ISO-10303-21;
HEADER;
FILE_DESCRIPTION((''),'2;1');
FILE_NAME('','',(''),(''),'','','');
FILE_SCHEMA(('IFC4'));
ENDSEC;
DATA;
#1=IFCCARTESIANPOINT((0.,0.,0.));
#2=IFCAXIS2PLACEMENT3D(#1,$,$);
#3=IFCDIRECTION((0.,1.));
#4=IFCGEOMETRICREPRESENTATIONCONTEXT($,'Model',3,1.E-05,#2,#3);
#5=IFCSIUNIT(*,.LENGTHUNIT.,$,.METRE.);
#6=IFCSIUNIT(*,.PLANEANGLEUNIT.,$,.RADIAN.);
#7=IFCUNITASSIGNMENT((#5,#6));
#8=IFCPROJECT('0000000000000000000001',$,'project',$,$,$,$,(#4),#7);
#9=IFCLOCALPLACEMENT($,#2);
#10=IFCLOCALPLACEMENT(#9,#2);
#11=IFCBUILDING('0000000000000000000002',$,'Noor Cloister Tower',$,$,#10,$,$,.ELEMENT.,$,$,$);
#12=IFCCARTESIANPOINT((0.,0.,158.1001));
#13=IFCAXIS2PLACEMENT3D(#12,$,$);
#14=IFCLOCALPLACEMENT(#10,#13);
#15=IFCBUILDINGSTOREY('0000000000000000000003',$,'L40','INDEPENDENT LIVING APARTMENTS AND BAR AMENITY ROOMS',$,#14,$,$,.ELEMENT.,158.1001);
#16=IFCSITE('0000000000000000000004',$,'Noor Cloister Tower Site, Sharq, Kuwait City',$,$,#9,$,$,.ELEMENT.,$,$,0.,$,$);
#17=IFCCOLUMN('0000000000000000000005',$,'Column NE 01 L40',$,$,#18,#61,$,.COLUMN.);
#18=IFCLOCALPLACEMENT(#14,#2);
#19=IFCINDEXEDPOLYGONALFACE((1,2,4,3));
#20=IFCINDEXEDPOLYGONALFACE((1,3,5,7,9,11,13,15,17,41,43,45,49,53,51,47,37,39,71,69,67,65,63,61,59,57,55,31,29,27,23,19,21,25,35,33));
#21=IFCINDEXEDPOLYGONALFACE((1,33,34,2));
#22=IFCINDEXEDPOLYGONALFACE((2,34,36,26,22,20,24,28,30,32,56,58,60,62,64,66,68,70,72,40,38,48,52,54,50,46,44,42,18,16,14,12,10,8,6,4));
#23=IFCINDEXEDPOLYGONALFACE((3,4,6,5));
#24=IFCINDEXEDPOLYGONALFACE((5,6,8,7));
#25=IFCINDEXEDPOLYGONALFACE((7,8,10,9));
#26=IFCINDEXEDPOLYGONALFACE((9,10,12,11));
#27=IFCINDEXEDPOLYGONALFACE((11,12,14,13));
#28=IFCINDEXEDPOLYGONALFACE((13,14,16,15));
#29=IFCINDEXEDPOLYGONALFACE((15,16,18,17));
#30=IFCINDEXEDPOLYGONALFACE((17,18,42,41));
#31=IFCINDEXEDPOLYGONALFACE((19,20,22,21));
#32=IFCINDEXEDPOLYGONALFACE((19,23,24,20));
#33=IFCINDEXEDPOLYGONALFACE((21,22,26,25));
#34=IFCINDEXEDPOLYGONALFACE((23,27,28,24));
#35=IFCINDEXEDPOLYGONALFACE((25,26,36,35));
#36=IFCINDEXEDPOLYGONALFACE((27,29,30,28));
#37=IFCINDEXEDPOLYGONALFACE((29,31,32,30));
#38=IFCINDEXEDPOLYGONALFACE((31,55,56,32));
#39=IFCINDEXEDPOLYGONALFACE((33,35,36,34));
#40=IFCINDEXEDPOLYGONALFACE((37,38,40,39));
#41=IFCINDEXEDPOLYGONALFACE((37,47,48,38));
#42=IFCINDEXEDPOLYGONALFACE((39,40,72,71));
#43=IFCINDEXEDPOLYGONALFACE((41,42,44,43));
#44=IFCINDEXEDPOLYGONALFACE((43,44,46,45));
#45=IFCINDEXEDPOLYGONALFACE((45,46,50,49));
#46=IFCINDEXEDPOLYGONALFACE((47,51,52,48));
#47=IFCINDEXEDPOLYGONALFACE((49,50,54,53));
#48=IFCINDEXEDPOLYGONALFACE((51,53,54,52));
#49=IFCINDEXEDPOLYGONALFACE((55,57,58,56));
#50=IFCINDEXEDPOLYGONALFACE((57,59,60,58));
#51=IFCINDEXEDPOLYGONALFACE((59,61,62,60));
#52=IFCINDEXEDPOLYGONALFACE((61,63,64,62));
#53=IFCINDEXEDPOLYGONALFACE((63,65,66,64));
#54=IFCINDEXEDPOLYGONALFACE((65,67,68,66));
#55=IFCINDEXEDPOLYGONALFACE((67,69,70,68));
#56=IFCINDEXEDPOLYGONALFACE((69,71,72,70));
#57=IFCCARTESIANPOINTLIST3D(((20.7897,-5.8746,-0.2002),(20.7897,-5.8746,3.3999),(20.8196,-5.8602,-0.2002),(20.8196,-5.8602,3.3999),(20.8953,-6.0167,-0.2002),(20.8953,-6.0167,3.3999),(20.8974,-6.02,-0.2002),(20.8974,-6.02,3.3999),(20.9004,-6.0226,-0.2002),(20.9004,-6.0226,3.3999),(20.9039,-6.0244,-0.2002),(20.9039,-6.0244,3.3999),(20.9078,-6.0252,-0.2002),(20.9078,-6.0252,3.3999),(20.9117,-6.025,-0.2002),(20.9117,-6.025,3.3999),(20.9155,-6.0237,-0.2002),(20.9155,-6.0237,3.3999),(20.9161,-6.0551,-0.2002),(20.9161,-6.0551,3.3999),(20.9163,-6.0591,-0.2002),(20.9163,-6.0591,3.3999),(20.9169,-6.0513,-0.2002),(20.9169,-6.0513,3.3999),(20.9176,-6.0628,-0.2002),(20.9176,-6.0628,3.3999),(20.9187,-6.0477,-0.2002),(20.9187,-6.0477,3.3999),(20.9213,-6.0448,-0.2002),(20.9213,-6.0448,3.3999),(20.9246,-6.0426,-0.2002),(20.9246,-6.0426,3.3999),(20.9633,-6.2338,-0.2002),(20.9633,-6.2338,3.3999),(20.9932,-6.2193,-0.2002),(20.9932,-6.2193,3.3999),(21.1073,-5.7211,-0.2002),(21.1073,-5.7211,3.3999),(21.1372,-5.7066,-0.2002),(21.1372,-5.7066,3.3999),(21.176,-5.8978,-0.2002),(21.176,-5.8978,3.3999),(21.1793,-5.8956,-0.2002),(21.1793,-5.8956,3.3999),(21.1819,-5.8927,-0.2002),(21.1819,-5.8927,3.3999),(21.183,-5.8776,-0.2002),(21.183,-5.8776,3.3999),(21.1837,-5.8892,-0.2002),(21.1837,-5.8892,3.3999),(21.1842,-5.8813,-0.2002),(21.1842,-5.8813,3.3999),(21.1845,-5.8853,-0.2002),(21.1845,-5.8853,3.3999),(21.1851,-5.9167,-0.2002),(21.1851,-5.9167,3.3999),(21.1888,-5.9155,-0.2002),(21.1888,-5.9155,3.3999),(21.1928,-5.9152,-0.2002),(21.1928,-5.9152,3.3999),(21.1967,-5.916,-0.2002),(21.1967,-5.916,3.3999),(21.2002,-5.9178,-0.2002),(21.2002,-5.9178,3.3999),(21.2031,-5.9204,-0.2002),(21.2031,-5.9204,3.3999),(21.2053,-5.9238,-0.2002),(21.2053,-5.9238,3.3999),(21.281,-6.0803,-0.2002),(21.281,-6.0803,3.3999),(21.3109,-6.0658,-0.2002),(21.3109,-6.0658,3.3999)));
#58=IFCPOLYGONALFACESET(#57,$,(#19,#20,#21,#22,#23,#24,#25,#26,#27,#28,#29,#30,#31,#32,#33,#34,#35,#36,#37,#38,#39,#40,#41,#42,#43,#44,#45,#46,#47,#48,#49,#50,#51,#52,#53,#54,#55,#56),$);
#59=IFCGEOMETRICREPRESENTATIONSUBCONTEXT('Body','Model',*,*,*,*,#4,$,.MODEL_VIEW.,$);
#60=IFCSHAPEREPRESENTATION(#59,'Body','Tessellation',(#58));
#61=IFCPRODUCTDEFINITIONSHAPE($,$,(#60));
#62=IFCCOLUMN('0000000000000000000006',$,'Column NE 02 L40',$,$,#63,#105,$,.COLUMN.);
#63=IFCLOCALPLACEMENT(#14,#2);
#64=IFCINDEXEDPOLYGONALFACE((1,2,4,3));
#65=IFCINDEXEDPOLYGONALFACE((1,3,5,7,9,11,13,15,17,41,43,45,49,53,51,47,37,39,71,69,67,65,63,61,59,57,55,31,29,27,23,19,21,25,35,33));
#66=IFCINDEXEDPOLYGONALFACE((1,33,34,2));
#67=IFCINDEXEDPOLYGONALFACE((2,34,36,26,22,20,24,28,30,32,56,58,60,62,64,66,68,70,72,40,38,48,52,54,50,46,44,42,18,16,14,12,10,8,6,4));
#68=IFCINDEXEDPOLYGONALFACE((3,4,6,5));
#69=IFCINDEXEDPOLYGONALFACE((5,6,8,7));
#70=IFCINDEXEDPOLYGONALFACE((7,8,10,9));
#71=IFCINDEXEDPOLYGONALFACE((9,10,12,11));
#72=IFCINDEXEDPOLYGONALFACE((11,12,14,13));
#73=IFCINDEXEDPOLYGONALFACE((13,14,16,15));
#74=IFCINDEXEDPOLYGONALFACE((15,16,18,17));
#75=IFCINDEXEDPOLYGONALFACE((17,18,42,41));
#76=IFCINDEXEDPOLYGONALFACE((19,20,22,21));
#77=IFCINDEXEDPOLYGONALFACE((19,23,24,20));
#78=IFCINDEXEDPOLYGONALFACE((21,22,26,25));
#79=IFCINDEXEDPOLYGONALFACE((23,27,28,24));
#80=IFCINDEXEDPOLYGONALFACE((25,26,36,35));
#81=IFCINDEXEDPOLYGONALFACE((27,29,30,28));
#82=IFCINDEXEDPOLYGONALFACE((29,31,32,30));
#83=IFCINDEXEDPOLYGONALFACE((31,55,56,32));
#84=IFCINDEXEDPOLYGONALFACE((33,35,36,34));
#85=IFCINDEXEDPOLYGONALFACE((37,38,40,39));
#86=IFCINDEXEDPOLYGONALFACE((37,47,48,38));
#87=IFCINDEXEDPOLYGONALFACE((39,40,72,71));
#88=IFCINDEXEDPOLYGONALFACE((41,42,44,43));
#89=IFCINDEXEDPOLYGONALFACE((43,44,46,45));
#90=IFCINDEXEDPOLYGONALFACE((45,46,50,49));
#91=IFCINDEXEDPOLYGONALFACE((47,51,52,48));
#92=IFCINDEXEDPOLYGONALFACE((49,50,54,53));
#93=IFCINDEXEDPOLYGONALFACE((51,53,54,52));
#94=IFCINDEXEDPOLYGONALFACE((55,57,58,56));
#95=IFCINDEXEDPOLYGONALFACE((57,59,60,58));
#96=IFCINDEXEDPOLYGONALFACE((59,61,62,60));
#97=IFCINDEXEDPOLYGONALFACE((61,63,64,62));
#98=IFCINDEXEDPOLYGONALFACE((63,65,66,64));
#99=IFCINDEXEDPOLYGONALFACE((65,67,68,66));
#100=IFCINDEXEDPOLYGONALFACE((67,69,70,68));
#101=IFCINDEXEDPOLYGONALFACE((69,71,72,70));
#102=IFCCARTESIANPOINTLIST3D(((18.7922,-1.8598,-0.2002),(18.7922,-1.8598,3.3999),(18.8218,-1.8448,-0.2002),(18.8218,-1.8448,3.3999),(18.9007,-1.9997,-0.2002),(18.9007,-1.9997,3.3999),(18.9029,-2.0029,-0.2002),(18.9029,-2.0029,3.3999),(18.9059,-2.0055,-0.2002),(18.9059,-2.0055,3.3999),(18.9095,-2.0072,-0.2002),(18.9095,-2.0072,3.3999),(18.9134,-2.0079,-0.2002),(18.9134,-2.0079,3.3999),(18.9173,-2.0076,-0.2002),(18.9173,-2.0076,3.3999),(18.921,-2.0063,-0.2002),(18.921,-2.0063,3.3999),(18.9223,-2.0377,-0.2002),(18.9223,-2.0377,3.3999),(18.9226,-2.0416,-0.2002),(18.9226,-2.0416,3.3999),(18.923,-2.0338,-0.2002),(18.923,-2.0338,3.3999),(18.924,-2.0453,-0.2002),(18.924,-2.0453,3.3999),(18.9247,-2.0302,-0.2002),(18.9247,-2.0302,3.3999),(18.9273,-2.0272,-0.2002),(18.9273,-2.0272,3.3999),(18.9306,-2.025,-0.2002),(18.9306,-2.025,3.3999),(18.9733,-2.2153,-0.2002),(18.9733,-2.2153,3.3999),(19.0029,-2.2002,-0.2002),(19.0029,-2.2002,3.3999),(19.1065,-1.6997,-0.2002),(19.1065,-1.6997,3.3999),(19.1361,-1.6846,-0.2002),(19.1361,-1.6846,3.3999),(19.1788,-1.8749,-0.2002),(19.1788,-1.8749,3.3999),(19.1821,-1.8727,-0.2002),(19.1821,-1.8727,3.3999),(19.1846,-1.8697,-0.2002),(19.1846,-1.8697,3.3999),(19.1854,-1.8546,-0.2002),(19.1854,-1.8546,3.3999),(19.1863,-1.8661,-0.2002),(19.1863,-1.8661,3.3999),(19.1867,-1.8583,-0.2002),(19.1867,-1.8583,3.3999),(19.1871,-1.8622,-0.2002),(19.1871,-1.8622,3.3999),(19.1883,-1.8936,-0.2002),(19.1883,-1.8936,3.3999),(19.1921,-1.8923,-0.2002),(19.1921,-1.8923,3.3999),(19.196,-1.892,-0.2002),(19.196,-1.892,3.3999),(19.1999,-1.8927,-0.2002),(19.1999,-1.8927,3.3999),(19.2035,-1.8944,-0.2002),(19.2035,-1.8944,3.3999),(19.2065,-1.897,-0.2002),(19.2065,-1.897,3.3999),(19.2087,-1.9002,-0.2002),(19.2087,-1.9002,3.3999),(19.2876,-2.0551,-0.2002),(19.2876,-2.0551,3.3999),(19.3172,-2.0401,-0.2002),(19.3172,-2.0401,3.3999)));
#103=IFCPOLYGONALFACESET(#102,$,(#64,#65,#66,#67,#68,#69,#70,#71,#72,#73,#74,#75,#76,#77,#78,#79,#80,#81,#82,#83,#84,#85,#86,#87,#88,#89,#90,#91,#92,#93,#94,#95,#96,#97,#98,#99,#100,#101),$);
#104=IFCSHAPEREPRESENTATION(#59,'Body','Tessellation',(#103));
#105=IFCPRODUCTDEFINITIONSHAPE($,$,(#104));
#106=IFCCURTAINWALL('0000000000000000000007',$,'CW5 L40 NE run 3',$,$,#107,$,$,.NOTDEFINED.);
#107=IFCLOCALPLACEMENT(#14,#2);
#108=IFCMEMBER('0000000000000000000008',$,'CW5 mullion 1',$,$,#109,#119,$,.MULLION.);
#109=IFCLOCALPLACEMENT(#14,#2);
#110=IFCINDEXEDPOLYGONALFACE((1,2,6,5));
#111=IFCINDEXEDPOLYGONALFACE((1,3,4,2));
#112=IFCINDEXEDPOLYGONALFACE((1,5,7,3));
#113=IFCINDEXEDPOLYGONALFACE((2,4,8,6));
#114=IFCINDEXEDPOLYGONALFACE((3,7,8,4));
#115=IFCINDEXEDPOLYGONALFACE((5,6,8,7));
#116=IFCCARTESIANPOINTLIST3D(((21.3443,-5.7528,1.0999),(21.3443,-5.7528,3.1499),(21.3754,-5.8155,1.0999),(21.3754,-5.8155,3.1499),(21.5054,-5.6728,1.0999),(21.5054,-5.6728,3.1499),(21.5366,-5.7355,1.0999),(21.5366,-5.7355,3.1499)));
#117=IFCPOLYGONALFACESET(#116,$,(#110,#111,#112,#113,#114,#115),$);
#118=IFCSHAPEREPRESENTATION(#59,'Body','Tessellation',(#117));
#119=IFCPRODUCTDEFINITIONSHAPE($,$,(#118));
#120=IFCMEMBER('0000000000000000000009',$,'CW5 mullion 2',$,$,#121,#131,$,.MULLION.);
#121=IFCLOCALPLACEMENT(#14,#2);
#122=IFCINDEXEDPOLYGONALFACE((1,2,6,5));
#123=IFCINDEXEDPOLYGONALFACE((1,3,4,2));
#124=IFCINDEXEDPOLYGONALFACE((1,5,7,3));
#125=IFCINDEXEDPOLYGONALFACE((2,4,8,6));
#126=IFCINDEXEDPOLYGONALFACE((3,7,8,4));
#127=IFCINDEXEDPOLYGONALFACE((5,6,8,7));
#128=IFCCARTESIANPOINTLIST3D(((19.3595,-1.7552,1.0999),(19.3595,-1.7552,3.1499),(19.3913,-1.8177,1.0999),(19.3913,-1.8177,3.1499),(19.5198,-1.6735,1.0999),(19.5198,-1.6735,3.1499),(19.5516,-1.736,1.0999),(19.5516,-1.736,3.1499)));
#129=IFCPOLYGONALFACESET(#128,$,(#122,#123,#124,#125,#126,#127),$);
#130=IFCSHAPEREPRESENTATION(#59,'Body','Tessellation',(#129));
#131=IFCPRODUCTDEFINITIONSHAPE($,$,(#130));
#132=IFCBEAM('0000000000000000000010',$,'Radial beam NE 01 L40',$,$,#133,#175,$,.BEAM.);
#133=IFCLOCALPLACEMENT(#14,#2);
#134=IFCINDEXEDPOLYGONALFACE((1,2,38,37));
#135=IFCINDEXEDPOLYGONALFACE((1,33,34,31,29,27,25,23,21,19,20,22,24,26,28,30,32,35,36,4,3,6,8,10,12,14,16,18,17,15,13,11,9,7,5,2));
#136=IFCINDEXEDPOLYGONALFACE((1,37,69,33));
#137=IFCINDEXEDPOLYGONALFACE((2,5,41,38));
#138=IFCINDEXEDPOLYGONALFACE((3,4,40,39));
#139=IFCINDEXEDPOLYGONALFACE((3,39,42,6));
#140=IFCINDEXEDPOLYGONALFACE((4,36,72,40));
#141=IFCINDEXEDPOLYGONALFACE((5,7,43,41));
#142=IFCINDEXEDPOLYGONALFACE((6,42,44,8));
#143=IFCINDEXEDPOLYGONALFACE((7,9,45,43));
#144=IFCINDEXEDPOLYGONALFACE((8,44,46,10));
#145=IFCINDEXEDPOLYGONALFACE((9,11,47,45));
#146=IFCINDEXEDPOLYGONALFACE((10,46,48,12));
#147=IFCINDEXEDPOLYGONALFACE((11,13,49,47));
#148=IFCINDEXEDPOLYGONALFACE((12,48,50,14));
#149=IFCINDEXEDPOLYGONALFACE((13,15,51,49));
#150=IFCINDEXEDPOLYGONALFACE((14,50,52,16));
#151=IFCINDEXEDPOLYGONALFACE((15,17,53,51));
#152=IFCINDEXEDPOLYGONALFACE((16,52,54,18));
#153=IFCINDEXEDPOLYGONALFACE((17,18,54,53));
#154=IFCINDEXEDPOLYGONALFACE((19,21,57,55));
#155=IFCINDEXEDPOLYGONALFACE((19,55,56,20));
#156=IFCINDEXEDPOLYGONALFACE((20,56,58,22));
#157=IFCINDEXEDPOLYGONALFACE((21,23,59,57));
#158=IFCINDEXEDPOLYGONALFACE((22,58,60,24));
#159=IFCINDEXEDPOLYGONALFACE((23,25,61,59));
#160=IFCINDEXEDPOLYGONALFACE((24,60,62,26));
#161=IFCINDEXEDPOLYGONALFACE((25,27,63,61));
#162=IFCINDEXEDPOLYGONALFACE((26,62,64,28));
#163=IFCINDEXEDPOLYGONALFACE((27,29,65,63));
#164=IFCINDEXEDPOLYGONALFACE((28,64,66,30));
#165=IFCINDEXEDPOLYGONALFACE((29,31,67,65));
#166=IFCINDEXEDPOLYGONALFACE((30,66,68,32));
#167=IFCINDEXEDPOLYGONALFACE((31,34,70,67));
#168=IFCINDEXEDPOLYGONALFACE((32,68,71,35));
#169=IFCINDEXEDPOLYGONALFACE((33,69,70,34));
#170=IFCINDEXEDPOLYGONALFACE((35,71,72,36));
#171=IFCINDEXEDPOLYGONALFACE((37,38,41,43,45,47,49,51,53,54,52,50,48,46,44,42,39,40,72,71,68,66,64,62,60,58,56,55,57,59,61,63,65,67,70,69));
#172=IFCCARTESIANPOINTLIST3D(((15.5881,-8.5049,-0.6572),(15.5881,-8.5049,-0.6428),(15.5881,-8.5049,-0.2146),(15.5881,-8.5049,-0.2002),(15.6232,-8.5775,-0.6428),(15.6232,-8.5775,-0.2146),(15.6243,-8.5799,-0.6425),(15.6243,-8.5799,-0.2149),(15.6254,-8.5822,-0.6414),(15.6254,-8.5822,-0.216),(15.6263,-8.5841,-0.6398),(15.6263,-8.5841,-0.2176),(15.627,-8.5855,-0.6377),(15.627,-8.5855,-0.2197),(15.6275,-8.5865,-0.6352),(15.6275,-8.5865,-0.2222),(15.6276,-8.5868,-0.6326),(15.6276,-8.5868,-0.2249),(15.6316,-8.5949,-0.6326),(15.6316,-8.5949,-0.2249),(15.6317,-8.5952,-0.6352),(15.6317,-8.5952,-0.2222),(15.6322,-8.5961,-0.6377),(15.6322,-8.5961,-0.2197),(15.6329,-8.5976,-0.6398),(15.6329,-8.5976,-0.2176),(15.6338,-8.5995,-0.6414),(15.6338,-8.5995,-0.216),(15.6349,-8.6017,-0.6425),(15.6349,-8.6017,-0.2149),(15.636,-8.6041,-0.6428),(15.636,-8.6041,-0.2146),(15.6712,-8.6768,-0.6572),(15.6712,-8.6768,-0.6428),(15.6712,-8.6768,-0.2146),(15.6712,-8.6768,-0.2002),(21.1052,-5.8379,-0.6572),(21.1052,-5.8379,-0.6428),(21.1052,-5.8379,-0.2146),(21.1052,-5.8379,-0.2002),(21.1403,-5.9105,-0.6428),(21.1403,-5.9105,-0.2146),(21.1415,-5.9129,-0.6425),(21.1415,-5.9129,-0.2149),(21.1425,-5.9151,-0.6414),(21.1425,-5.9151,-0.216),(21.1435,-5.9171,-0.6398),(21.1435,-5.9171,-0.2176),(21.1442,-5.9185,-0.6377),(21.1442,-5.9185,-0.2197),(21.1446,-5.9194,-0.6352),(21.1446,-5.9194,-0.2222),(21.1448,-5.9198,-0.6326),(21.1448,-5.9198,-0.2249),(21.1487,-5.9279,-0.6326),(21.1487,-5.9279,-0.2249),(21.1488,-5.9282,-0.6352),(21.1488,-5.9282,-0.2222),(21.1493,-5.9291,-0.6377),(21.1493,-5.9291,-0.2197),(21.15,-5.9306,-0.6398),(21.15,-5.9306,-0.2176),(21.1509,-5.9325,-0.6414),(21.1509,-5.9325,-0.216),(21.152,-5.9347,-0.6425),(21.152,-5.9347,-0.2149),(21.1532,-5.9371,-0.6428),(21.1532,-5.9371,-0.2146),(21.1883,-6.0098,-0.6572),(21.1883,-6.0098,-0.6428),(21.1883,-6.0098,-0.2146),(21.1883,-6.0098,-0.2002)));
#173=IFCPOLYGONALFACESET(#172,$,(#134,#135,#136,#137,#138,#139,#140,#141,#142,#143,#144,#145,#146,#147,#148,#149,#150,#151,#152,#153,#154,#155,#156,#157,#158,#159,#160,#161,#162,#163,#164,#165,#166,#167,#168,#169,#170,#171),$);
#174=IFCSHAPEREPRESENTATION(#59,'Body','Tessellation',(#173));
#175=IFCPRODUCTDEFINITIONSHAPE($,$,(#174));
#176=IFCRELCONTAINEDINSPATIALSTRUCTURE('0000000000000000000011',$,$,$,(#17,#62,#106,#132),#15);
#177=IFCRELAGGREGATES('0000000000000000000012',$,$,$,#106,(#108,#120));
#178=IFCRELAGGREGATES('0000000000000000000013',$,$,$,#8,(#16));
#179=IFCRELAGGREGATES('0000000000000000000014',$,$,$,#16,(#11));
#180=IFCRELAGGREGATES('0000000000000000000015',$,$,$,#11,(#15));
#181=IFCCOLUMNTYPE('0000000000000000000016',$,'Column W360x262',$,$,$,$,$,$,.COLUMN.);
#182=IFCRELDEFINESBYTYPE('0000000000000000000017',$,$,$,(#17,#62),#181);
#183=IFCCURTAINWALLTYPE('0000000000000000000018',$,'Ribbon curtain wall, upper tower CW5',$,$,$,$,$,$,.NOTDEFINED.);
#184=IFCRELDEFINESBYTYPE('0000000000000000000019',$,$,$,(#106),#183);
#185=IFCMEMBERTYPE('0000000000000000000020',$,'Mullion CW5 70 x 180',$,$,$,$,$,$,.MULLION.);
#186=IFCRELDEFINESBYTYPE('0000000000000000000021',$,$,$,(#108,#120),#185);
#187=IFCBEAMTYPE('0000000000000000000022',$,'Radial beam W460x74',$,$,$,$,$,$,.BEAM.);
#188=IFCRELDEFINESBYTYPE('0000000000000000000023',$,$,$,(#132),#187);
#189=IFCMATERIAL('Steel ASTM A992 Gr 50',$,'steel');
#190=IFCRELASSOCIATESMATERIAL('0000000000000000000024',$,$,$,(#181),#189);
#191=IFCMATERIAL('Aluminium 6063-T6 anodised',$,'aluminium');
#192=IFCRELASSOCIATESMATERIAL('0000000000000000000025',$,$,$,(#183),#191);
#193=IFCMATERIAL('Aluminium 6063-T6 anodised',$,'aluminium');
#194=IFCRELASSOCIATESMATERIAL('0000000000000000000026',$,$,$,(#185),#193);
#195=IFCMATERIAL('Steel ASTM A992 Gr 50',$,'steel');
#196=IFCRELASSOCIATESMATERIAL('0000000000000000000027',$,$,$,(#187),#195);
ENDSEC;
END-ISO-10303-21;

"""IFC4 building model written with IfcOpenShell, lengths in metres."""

from ifc_helpers import new_model, si_unit, direction, frame, origin, origin_2d, place, context, subcontext, project, spatial, rectangle, i_section, extrude, material, material_profile, profile_set, type_object, element, aggregate, save


model = new_model("IFC4")

# Units and contexts
model_context = context("Model", 3, precision=1e-05, world=origin(), true_north=direction((0.0, 1.0)))
body_context = subcontext(model_context, "Body", "Model", "MODEL_VIEW")
ifc_project = project(units=[si_unit("LENGTHUNIT", "METRE"), si_unit("PLANEANGLEUNIT", "RADIAN")], contexts=[model_context])

# Site, building, storey
site_placement = place(None, origin())
site = spatial("IfcSite", under=ifc_project, at=site_placement, Name="Noor Cloister Tower Site, Sharq, Kuwait City", CompositionType="ELEMENT", RefElevation=0.0)
building_placement = place(site_placement, origin())
building = spatial("IfcBuilding", under=site, at=building_placement, Name="Noor Cloister Tower", CompositionType="ELEMENT")
storey_placement = place(building_placement, frame((0.0, 0.0, 158.1001)))
storey = spatial("IfcBuildingStorey", under=building, at=storey_placement, Name="L40", Description="INDEPENDENT LIVING APARTMENTS AND BAR AMENITY ROOMS", CompositionType="ELEMENT", Elevation=158.1001)

# Columns
ifc_material_1 = material(Name="Steel ASTM A992 Gr 50", Category="steel")
ifc_material_profile_1 = material_profile(ifc_material_1, i_section(OverallWidth=0.3989, OverallDepth=0.386, WebThickness=0.021, FlangeThickness=0.0332, FilletRadius=0.0151, at=origin_2d()), Name="W360x262")
ifc_profile_set_1 = profile_set([ifc_material_profile_1], Name="Steel ASTM A992 Gr 50")
column_type = type_object("IfcColumnType", Name="Column W360x262", PredefinedType="COLUMN", material=ifc_profile_set_1)
for number, where, z_axis, x_axis, name in (
    (1, (21.0503, -5.9702, -0.2002), (0.0, 0.0, 1.0), (-0.435223, 0.900322, 0.0), "Column NE 01 L40"),
    (2, (19.0547, -1.95, -0.2002), (0.0, 0.0, 1.0), (-0.453985, 0.891009, 0.0), "Column NE 02 L40"),
):
    element("IfcColumn", number, at=place(storey_placement, frame(where, z_axis=z_axis, x_axis=x_axis)), inside=storey, type_object=column_type, Name=name, PredefinedType="COLUMN", context=body_context, shape_type="SweptSolid", body=[
        extrude(i_section(OverallWidth=0.3989, OverallDepth=0.386, WebThickness=0.021, FlangeThickness=0.0332, FilletRadius=0.0151, at=origin_2d()), origin(), (0.0, 0.0, 1.0), 3.6001),
    ])

# Curtain wall, members
ifc_material_2 = material(Name="Aluminium 6063-T6 anodised", Category="aluminium")
curtain_wall_type = type_object("IfcCurtainWallType", Name="Ribbon curtain wall, upper tower CW5", PredefinedType="NOTDEFINED", material=ifc_material_2)
curtain_wall_placement = place(storey_placement, origin())
curtain_wall = element("IfcCurtainWall", 3, at=curtain_wall_placement, inside=storey, type_object=curtain_wall_type, Name="CW5 L40 NE run 3", PredefinedType="NOTDEFINED")
ifc_material_3 = material(Name="Aluminium 6063-T6 anodised", Category="aluminium")
ifc_material_profile_2 = material_profile(ifc_material_3, rectangle(XDim=0.1799, YDim=0.0701, at=origin_2d()), Name="180 x 70 mullion")
ifc_profile_set_2 = profile_set([ifc_material_profile_2], Name="Aluminium 6063-T6 anodised")
member_type = type_object("IfcMemberType", Name="Mullion CW5 70 x 180", PredefinedType="MULLION", material=ifc_profile_set_2)
member_1_placement = place(storey_placement, frame((21.4404, -5.7441, 1.0999), z_axis=(0.0, 0.0, 1.0), x_axis=(-0.895715, -0.444629, 0.0)))
member_1 = element("IfcMember", 4, at=member_1_placement, type_object=member_type, Name="CW5 mullion 1", PredefinedType="MULLION", context=body_context, shape_type="SweptSolid", body=[
    extrude(rectangle(XDim=0.1799, YDim=0.0701, at=origin_2d()), origin(), (0.0, 0.0, 1.0), 2.05),
])
member_2_placement = place(storey_placement, frame((19.4556, -1.7456, 1.0999), z_axis=(0.0, 0.0, 1.0), x_axis=(-0.891009, -0.453985, 0.0)))
member_2 = element("IfcMember", 5, at=member_2_placement, type_object=member_type, Name="CW5 mullion 2", PredefinedType="MULLION", context=body_context, shape_type="SweptSolid", body=[
    extrude(rectangle(XDim=0.1799, YDim=0.0701, at=origin_2d()), origin(), (0.0, 0.0, 1.0), 2.05),
])

# Beam
ifc_material_4 = material(Name="Steel ASTM A992 Gr 50", Category="steel")
ifc_material_profile_3 = material_profile(ifc_material_4, i_section(OverallWidth=0.1909, OverallDepth=0.457, WebThickness=0.009, FlangeThickness=0.0144, FilletRadius=0.0103, at=origin_2d()), Name="W460x74")
ifc_profile_set_3 = profile_set([ifc_material_profile_3], Name="Steel ASTM A992 Gr 50")
beam_type_1 = type_object("IfcBeamType", Name="Radial beam W460x74", PredefinedType="BEAM", material=ifc_profile_set_3)
beam_1_placement = place(storey_placement, frame((21.1467, -5.9238, -0.4287), z_axis=(-0.900323, -0.435221, 0.0), x_axis=(0.435221, -0.900323, 0.0)))
element("IfcBeam", 6, at=beam_1_placement, inside=storey, type_object=beam_type_1, Name="Radial beam NE 01 L40", PredefinedType="BEAM", context=body_context, shape_type="SweptSolid", body=[
    extrude(i_section(OverallWidth=0.1909, OverallDepth=0.457, WebThickness=0.009, FlangeThickness=0.0144, FilletRadius=0.0103, at=origin_2d()), origin(), (0.0, 0.0, 1.0), 6.1279),
])

aggregate(curtain_wall, [member_1, member_2])

save(model, "model.ifc")
